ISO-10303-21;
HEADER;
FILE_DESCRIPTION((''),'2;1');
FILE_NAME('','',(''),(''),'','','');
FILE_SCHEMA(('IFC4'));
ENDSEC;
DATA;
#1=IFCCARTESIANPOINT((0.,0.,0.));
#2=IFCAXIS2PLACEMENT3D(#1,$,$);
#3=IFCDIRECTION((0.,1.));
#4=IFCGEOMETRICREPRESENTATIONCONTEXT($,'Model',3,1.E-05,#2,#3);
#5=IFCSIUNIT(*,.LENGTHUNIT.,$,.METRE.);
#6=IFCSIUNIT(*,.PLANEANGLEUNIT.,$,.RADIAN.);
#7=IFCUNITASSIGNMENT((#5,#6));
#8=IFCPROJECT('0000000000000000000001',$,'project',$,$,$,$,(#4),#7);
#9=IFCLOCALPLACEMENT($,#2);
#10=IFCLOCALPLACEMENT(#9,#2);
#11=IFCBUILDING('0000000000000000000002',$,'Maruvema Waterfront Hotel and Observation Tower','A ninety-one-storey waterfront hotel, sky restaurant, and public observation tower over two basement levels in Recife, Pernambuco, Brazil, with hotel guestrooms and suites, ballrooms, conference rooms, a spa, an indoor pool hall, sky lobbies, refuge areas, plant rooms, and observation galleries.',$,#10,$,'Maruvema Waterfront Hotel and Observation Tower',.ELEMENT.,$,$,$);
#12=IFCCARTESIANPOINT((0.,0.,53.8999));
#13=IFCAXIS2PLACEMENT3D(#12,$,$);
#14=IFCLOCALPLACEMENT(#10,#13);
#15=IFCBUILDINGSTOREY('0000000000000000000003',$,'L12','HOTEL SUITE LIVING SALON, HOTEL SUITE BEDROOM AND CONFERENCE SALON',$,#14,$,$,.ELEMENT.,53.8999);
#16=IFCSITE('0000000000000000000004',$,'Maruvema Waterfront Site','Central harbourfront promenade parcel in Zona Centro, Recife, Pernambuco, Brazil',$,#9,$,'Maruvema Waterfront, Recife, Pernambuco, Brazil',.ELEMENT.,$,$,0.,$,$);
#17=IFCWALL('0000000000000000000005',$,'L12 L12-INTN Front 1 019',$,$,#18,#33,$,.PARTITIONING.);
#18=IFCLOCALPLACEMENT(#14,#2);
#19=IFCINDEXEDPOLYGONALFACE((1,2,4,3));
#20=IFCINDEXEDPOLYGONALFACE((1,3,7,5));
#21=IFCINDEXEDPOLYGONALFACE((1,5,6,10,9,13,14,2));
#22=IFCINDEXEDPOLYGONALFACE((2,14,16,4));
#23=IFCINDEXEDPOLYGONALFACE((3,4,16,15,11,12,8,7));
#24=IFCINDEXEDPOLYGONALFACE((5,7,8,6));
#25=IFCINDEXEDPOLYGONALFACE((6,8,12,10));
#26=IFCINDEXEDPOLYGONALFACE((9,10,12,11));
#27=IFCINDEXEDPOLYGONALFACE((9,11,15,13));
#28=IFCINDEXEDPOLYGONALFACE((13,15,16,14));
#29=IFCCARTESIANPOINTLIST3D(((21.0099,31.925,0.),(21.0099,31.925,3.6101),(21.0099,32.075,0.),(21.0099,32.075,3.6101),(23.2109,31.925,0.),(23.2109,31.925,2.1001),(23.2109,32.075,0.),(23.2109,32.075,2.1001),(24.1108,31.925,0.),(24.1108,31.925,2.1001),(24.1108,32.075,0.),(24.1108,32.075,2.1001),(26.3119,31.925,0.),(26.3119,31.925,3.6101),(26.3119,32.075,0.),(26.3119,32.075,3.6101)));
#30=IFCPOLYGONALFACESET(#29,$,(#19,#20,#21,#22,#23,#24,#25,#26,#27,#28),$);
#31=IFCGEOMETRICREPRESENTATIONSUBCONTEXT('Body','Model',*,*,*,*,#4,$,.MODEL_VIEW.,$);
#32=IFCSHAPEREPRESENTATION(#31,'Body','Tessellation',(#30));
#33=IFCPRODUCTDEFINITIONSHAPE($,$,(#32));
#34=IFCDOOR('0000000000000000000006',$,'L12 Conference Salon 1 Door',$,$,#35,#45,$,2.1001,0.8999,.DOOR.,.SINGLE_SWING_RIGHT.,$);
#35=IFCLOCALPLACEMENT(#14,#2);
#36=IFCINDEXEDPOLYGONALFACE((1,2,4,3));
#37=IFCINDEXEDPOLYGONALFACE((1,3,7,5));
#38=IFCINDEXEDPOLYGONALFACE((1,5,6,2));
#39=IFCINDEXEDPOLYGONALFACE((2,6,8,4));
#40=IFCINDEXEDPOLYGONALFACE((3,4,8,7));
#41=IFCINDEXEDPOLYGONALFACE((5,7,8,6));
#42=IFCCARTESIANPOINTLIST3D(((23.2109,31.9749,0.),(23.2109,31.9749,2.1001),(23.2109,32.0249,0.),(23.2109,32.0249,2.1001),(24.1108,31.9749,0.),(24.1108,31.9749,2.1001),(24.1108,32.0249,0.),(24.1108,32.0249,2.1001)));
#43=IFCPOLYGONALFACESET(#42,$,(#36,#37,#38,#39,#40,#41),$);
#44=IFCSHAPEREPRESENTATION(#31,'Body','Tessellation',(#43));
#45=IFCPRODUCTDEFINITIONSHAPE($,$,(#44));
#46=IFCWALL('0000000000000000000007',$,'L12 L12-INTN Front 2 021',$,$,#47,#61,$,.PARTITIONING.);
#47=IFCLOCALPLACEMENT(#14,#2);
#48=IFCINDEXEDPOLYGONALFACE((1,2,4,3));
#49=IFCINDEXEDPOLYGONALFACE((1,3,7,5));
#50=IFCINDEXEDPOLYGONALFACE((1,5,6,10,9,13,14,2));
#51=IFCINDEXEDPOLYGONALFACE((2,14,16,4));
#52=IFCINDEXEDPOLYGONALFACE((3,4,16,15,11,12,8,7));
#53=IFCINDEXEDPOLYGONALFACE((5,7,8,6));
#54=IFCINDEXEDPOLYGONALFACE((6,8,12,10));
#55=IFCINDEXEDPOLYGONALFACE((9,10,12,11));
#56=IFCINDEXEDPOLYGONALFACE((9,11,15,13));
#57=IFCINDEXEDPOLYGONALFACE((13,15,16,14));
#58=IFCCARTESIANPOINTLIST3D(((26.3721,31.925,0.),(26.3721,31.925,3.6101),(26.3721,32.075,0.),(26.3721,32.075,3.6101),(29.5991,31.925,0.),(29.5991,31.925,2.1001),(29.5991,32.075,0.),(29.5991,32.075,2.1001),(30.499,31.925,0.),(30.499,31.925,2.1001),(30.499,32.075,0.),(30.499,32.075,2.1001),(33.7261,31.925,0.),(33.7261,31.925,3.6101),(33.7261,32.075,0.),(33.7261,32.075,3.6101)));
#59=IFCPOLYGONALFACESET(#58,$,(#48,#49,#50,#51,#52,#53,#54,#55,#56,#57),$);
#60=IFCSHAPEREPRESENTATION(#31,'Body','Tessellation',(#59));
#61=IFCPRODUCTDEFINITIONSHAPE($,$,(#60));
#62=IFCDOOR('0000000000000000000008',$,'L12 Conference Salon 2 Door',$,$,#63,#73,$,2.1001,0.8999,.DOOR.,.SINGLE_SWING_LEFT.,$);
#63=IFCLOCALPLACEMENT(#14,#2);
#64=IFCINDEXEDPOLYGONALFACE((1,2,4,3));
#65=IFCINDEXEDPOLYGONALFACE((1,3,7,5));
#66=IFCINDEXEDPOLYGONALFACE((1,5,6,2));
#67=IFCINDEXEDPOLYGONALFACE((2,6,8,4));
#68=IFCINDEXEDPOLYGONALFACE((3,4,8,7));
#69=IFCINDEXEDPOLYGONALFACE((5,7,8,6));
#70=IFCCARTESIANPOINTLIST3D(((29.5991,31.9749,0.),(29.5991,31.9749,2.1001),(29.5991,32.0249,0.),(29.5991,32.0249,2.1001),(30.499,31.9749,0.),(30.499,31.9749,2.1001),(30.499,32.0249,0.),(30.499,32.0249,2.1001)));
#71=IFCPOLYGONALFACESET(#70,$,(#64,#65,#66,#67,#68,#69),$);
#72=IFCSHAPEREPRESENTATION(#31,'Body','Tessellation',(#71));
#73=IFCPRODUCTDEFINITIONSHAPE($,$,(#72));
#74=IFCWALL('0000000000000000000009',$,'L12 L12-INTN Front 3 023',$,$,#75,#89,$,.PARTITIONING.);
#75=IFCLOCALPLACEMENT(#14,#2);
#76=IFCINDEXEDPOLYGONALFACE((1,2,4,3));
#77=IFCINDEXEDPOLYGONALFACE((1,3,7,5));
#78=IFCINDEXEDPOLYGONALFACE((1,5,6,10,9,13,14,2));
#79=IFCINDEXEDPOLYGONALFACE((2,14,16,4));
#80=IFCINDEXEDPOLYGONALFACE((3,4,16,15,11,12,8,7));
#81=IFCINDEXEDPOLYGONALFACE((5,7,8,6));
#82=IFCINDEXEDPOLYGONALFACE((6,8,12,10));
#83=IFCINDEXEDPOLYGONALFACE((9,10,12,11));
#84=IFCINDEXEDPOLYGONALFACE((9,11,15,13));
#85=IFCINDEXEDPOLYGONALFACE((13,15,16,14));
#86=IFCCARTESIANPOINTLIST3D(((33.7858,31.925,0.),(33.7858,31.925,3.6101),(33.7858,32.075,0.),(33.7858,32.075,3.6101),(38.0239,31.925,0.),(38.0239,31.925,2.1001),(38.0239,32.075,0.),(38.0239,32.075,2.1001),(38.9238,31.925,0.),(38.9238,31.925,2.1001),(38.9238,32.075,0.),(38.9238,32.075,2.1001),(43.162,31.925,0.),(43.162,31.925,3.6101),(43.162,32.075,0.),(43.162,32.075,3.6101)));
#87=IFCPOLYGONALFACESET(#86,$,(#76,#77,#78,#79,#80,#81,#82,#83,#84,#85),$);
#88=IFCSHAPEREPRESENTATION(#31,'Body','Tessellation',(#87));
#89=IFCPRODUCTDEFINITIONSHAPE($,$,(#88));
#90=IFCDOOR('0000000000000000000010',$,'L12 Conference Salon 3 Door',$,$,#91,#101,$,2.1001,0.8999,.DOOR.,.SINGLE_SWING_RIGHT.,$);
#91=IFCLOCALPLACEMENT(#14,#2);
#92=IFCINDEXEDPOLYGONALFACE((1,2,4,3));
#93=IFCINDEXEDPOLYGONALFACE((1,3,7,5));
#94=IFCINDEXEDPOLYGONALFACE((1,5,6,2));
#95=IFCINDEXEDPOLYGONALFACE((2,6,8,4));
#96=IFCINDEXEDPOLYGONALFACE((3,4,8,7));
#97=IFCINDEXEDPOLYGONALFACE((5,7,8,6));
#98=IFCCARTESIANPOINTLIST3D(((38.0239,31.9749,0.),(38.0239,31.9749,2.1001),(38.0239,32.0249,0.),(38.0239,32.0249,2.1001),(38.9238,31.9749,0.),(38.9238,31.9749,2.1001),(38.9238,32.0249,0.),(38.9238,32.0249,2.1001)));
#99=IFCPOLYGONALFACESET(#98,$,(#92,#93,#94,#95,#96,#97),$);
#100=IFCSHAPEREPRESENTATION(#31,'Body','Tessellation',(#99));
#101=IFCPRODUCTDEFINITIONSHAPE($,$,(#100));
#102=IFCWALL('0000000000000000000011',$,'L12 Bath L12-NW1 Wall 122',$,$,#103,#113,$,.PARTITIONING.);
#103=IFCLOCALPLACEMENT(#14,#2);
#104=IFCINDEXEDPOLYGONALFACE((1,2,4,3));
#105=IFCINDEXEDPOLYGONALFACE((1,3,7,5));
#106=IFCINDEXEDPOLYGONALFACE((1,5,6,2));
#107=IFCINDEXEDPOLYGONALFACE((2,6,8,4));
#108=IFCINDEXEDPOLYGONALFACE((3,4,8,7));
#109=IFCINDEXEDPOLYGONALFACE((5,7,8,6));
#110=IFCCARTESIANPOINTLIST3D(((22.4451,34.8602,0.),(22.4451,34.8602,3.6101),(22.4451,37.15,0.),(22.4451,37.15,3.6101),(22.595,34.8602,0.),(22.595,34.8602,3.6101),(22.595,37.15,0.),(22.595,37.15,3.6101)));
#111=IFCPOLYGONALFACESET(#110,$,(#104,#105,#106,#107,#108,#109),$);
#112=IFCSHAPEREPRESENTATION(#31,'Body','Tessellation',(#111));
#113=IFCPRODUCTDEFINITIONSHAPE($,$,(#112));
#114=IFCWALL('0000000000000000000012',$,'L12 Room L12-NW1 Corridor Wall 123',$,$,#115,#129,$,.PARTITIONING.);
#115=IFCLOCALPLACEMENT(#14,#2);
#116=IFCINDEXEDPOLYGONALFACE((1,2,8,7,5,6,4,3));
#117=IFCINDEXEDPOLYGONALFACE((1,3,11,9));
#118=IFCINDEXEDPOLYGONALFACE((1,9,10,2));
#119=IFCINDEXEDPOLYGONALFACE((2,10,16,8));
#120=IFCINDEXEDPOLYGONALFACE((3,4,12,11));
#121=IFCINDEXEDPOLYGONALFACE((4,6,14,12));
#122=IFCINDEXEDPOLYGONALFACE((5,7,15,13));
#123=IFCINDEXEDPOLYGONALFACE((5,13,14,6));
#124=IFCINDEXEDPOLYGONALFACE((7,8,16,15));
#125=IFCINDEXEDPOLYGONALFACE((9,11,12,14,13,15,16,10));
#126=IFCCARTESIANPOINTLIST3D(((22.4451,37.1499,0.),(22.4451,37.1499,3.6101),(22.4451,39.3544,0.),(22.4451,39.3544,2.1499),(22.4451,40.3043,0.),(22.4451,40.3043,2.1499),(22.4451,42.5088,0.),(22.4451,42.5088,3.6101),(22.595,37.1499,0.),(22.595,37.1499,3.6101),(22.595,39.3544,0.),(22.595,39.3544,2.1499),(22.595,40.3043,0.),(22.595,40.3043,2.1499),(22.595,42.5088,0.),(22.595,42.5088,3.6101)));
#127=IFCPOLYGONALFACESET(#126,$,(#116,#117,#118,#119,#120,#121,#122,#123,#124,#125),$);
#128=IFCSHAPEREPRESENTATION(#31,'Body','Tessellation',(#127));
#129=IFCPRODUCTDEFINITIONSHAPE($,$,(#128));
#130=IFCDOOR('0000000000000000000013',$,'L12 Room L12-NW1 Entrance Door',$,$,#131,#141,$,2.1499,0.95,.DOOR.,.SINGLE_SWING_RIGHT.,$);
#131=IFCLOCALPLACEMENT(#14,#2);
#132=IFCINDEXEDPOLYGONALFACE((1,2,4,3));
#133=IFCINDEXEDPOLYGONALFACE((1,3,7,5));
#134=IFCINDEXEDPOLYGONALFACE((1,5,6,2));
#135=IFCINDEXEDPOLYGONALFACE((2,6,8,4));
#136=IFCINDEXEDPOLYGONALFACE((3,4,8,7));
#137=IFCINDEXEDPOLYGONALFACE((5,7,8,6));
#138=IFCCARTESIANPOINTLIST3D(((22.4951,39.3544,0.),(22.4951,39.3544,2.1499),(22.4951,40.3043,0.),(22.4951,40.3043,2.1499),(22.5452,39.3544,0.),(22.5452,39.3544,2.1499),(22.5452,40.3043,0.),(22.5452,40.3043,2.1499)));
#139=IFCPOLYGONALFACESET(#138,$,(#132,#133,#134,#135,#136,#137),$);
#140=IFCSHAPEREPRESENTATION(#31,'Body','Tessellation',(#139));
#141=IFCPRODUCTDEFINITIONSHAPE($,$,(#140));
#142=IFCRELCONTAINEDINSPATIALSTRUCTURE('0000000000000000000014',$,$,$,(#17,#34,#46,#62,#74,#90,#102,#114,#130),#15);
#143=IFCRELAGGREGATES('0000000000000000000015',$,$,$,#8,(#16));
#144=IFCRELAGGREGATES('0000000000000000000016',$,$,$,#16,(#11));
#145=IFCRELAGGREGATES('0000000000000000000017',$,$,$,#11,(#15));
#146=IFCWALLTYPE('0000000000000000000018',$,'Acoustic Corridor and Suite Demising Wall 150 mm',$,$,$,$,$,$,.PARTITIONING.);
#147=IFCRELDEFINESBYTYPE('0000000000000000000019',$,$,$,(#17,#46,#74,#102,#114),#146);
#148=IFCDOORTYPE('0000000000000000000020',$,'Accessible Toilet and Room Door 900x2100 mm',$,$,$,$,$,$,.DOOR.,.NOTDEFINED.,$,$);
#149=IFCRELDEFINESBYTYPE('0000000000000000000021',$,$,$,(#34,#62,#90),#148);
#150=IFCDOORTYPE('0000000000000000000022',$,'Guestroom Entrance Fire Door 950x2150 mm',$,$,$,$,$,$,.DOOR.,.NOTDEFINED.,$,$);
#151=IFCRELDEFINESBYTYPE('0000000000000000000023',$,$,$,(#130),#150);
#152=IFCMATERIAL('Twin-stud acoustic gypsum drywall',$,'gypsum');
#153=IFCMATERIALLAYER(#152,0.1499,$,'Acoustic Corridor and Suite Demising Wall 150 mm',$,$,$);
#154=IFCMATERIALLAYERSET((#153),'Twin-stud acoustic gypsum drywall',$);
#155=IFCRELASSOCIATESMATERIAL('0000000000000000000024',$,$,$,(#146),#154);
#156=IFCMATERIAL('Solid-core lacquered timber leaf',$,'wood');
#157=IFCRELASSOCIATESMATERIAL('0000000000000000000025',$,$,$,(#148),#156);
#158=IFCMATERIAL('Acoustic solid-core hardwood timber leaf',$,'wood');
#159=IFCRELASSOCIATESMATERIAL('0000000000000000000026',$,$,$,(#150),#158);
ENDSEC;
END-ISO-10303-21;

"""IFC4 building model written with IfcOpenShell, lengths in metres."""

from ifc_helpers import new_model, si_unit, direction, frame, frame_2d, origin, place, context, subcontext, project, spatial, rectangle, extrude, material, layer, layer_set, type_object, element, fill, save


model = new_model("IFC4")

# Units and contexts
model_context = context("Model", 3, precision=1e-05, world=origin(), true_north=direction((0.0, 1.0)))
body_context = subcontext(model_context, "Body", "Model", "MODEL_VIEW")
ifc_project = project(units=[si_unit("LENGTHUNIT", "METRE"), si_unit("PLANEANGLEUNIT", "RADIAN")], contexts=[model_context])

# Site, building, storey
site_placement = place(None, origin())
site = spatial("IfcSite", under=ifc_project, at=site_placement, Name="Maruvema Waterfront Site", Description="Central harbourfront promenade parcel in Zona Centro, Recife, Pernambuco, Brazil", LongName="Maruvema Waterfront, Recife, Pernambuco, Brazil", CompositionType="ELEMENT", RefElevation=0.0)
building_placement = place(site_placement, origin())
building = spatial("IfcBuilding", under=site, at=building_placement, Name="Maruvema Waterfront Hotel and Observation Tower", Description="A ninety-one-storey waterfront hotel, sky restaurant, and public observation tower over two basement levels in Recife, Pernambuco, Brazil, with hotel guestrooms and suites, ballrooms, conference rooms, a spa, an indoor pool hall, sky lobbies, refuge areas, plant rooms, and observation galleries.", LongName="Maruvema Waterfront Hotel and Observation Tower", CompositionType="ELEMENT")
storey_placement = place(building_placement, frame((0.0, 0.0, 53.8999)))
storey = spatial("IfcBuildingStorey", under=building, at=storey_placement, Name="L12", Description="HOTEL SUITE LIVING SALON, HOTEL SUITE BEDROOM AND CONFERENCE SALON", CompositionType="ELEMENT", Elevation=53.8999)

# Walls, openings, doors
ifc_material_1 = material(Name="Twin-stud acoustic gypsum drywall", Category="gypsum")
ifc_layer = layer(ifc_material_1, 0.1499, Name="Acoustic Corridor and Suite Demising Wall 150 mm")
ifc_layer_set = layer_set([ifc_layer], Name="Twin-stud acoustic gypsum drywall")
wall_type = type_object("IfcWallType", Name="Acoustic Corridor and Suite Demising Wall 150 mm", PredefinedType="PARTITIONING", material=ifc_layer_set)
wall_1_placement = place(storey_placement, frame((21.01, 32.0, 0.0), z_axis=(0.0, 0.0, 1.0), x_axis=(1.0, 0.0, 0.0)))
wall_1 = element("IfcWall", 1, at=wall_1_placement, inside=storey, type_object=wall_type, Name="L12 L12-INTN Front 1 019", PredefinedType="PARTITIONING", context=body_context, shape_type="SweptSolid", body=[
    extrude(rectangle(XDim=5.302, YDim=0.1499, at=frame_2d((2.6509, 0.0))), origin(), (0.0, 0.0, 1.0), 3.6101),
])
opening_1_placement = place(wall_1_placement, frame((2.2009, 0.0, 0.0)))
opening_1 = element("IfcOpeningElement", 2, at=opening_1_placement, cuts=wall_1, PredefinedType="OPENING", context=body_context, shape_type="SweptSolid", body=[
    extrude(rectangle(XDim=0.8999, YDim=2.1001, at=frame_2d((0.45, 1.05))), frame((0.0, 0.085, 0.0), z_axis=(0.0, -1.0, 0.0), x_axis=(1.0, 0.0, 0.0)), (0.0, 0.0, 1.0), 0.1699),
])
ifc_material_2 = material(Name="Solid-core lacquered timber leaf", Category="wood")
door_type_1 = type_object("IfcDoorType", Name="Accessible Toilet and Room Door 900x2100 mm", OperationType="NOTDEFINED", PredefinedType="DOOR", material=ifc_material_2)
door_1_placement = place(opening_1_placement, origin())
door_1 = element("IfcDoor", 3, at=door_1_placement, inside=storey, type_object=door_type_1, Name="L12 Conference Salon 1 Door", OperationType="SINGLE_SWING_RIGHT", OverallHeight=2.1001, OverallWidth=0.8999, PredefinedType="DOOR", context=body_context, shape_type="SweptSolid", body=[
    extrude(rectangle(XDim=0.8999, YDim=2.1001, at=frame_2d((0.45, 1.05))), frame((0.0, 0.0249, 0.0), z_axis=(0.0, -1.0, 0.0), x_axis=(1.0, 0.0, 0.0)), (0.0, 0.0, 1.0), 0.05),
])
fill(opening_1, door_1)
wall_2_placement = place(storey_placement, frame((26.3721, 32.0, 0.0), z_axis=(0.0, 0.0, 1.0), x_axis=(1.0, 0.0, 0.0)))
wall_2 = element("IfcWall", 4, at=wall_2_placement, inside=storey, type_object=wall_type, Name="L12 L12-INTN Front 2 021", PredefinedType="PARTITIONING", context=body_context, shape_type="SweptSolid", body=[
    extrude(rectangle(XDim=7.354, YDim=0.1499, at=frame_2d((3.677, 0.0))), origin(), (0.0, 0.0, 1.0), 3.6101),
])
opening_2_placement = place(wall_2_placement, frame((3.2271, 0.0, 0.0)))
opening_2 = element("IfcOpeningElement", 5, at=opening_2_placement, cuts=wall_2, PredefinedType="OPENING", context=body_context, shape_type="SweptSolid", body=[
    extrude(rectangle(XDim=0.8999, YDim=2.1001, at=frame_2d((0.45, 1.05))), frame((0.0, 0.085, 0.0), z_axis=(0.0, -1.0, 0.0), x_axis=(1.0, 0.0, 0.0)), (0.0, 0.0, 1.0), 0.1699),
])
door_2_placement = place(opening_2_placement, origin())
door_2 = element("IfcDoor", 6, at=door_2_placement, inside=storey, type_object=door_type_1, Name="L12 Conference Salon 2 Door", OperationType="SINGLE_SWING_LEFT", OverallHeight=2.1001, OverallWidth=0.8999, PredefinedType="DOOR", context=body_context, shape_type="SweptSolid", body=[
    extrude(rectangle(XDim=0.8999, YDim=2.1001, at=frame_2d((0.45, 1.05))), frame((0.0, 0.0249, 0.0), z_axis=(0.0, -1.0, 0.0), x_axis=(1.0, 0.0, 0.0)), (0.0, 0.0, 1.0), 0.05),
])
fill(opening_2, door_2)
wall_3_placement = place(storey_placement, frame((33.7859, 32.0, 0.0), z_axis=(0.0, 0.0, 1.0), x_axis=(1.0, 0.0, 0.0)))
wall_3 = element("IfcWall", 7, at=wall_3_placement, inside=storey, type_object=wall_type, Name="L12 L12-INTN Front 3 023", PredefinedType="PARTITIONING", context=body_context, shape_type="SweptSolid", body=[
    extrude(rectangle(XDim=9.3762, YDim=0.1499, at=frame_2d((4.688, 0.0))), origin(), (0.0, 0.0, 1.0), 3.6101),
])
opening_3_placement = place(wall_3_placement, frame((4.238, 0.0, 0.0)))
opening_3 = element("IfcOpeningElement", 8, at=opening_3_placement, cuts=wall_3, PredefinedType="OPENING", context=body_context, shape_type="SweptSolid", body=[
    extrude(rectangle(XDim=0.8999, YDim=2.1001, at=frame_2d((0.45, 1.05))), frame((0.0, 0.085, 0.0), z_axis=(0.0, -1.0, 0.0), x_axis=(1.0, 0.0, 0.0)), (0.0, 0.0, 1.0), 0.1699),
])
door_3_placement = place(opening_3_placement, origin())
door_3 = element("IfcDoor", 9, at=door_3_placement, inside=storey, type_object=door_type_1, Name="L12 Conference Salon 3 Door", OperationType="SINGLE_SWING_RIGHT", OverallHeight=2.1001, OverallWidth=0.8999, PredefinedType="DOOR", context=body_context, shape_type="SweptSolid", body=[
    extrude(rectangle(XDim=0.8999, YDim=2.1001, at=frame_2d((0.45, 1.05))), frame((0.0, 0.0249, 0.0), z_axis=(0.0, -1.0, 0.0), x_axis=(1.0, 0.0, 0.0)), (0.0, 0.0, 1.0), 0.05),
])
fill(opening_3, door_3)

# Wall
wall_4_placement = place(storey_placement, frame((22.52, 34.8601, 0.0), z_axis=(0.0, 0.0, 1.0), x_axis=(0.0, 1.0, 0.0)))
element("IfcWall", 10, at=wall_4_placement, inside=storey, type_object=wall_type, Name="L12 Bath L12-NW1 Wall 122", PredefinedType="PARTITIONING", context=body_context, shape_type="SweptSolid", body=[
    extrude(rectangle(XDim=2.2898, YDim=0.1499, at=frame_2d((1.145, 0.0))), origin(), (0.0, 0.0, 1.0), 3.6101),
])

# Wall, opening, door
wall_5_placement = place(storey_placement, frame((22.52, 37.1499, 0.0), z_axis=(0.0, 0.0, 1.0), x_axis=(0.0, 1.0, 0.0)))
wall_5 = element("IfcWall", 11, at=wall_5_placement, inside=storey, type_object=wall_type, Name="L12 Room L12-NW1 Corridor Wall 123", PredefinedType="PARTITIONING", context=body_context, shape_type="SweptSolid", body=[
    extrude(rectangle(XDim=5.3589, YDim=0.1499, at=frame_2d((2.6794, 0.0))), origin(), (0.0, 0.0, 1.0), 3.6101),
])
opening_4_placement = place(wall_5_placement, frame((2.2043, 0.0, 0.0)))
opening_4 = element("IfcOpeningElement", 12, at=opening_4_placement, cuts=wall_5, PredefinedType="OPENING", context=body_context, shape_type="SweptSolid", body=[
    extrude(rectangle(XDim=0.95, YDim=2.1499, at=frame_2d((0.4751, 1.075))), frame((0.0, 0.085, 0.0), z_axis=(0.0, -1.0, 0.0), x_axis=(1.0, 0.0, 0.0)), (0.0, 0.0, 1.0), 0.1699),
])
ifc_material_3 = material(Name="Acoustic solid-core hardwood timber leaf", Category="wood")
door_type_2 = type_object("IfcDoorType", Name="Guestroom Entrance Fire Door 950x2150 mm", OperationType="NOTDEFINED", PredefinedType="DOOR", material=ifc_material_3)
door_4_placement = place(opening_4_placement, origin())
door_4 = element("IfcDoor", 13, at=door_4_placement, inside=storey, type_object=door_type_2, Name="L12 Room L12-NW1 Entrance Door", OperationType="SINGLE_SWING_RIGHT", OverallHeight=2.1499, OverallWidth=0.95, PredefinedType="DOOR", context=body_context, shape_type="SweptSolid", body=[
    extrude(rectangle(XDim=0.95, YDim=2.1499, at=frame_2d((0.4751, 1.075))), frame((0.0, 0.0249, 0.0), z_axis=(0.0, -1.0, 0.0), x_axis=(1.0, 0.0, 0.0)), (0.0, 0.0, 1.0), 0.05),
])
fill(opening_4, door_4)

save(model, "model.ifc")
